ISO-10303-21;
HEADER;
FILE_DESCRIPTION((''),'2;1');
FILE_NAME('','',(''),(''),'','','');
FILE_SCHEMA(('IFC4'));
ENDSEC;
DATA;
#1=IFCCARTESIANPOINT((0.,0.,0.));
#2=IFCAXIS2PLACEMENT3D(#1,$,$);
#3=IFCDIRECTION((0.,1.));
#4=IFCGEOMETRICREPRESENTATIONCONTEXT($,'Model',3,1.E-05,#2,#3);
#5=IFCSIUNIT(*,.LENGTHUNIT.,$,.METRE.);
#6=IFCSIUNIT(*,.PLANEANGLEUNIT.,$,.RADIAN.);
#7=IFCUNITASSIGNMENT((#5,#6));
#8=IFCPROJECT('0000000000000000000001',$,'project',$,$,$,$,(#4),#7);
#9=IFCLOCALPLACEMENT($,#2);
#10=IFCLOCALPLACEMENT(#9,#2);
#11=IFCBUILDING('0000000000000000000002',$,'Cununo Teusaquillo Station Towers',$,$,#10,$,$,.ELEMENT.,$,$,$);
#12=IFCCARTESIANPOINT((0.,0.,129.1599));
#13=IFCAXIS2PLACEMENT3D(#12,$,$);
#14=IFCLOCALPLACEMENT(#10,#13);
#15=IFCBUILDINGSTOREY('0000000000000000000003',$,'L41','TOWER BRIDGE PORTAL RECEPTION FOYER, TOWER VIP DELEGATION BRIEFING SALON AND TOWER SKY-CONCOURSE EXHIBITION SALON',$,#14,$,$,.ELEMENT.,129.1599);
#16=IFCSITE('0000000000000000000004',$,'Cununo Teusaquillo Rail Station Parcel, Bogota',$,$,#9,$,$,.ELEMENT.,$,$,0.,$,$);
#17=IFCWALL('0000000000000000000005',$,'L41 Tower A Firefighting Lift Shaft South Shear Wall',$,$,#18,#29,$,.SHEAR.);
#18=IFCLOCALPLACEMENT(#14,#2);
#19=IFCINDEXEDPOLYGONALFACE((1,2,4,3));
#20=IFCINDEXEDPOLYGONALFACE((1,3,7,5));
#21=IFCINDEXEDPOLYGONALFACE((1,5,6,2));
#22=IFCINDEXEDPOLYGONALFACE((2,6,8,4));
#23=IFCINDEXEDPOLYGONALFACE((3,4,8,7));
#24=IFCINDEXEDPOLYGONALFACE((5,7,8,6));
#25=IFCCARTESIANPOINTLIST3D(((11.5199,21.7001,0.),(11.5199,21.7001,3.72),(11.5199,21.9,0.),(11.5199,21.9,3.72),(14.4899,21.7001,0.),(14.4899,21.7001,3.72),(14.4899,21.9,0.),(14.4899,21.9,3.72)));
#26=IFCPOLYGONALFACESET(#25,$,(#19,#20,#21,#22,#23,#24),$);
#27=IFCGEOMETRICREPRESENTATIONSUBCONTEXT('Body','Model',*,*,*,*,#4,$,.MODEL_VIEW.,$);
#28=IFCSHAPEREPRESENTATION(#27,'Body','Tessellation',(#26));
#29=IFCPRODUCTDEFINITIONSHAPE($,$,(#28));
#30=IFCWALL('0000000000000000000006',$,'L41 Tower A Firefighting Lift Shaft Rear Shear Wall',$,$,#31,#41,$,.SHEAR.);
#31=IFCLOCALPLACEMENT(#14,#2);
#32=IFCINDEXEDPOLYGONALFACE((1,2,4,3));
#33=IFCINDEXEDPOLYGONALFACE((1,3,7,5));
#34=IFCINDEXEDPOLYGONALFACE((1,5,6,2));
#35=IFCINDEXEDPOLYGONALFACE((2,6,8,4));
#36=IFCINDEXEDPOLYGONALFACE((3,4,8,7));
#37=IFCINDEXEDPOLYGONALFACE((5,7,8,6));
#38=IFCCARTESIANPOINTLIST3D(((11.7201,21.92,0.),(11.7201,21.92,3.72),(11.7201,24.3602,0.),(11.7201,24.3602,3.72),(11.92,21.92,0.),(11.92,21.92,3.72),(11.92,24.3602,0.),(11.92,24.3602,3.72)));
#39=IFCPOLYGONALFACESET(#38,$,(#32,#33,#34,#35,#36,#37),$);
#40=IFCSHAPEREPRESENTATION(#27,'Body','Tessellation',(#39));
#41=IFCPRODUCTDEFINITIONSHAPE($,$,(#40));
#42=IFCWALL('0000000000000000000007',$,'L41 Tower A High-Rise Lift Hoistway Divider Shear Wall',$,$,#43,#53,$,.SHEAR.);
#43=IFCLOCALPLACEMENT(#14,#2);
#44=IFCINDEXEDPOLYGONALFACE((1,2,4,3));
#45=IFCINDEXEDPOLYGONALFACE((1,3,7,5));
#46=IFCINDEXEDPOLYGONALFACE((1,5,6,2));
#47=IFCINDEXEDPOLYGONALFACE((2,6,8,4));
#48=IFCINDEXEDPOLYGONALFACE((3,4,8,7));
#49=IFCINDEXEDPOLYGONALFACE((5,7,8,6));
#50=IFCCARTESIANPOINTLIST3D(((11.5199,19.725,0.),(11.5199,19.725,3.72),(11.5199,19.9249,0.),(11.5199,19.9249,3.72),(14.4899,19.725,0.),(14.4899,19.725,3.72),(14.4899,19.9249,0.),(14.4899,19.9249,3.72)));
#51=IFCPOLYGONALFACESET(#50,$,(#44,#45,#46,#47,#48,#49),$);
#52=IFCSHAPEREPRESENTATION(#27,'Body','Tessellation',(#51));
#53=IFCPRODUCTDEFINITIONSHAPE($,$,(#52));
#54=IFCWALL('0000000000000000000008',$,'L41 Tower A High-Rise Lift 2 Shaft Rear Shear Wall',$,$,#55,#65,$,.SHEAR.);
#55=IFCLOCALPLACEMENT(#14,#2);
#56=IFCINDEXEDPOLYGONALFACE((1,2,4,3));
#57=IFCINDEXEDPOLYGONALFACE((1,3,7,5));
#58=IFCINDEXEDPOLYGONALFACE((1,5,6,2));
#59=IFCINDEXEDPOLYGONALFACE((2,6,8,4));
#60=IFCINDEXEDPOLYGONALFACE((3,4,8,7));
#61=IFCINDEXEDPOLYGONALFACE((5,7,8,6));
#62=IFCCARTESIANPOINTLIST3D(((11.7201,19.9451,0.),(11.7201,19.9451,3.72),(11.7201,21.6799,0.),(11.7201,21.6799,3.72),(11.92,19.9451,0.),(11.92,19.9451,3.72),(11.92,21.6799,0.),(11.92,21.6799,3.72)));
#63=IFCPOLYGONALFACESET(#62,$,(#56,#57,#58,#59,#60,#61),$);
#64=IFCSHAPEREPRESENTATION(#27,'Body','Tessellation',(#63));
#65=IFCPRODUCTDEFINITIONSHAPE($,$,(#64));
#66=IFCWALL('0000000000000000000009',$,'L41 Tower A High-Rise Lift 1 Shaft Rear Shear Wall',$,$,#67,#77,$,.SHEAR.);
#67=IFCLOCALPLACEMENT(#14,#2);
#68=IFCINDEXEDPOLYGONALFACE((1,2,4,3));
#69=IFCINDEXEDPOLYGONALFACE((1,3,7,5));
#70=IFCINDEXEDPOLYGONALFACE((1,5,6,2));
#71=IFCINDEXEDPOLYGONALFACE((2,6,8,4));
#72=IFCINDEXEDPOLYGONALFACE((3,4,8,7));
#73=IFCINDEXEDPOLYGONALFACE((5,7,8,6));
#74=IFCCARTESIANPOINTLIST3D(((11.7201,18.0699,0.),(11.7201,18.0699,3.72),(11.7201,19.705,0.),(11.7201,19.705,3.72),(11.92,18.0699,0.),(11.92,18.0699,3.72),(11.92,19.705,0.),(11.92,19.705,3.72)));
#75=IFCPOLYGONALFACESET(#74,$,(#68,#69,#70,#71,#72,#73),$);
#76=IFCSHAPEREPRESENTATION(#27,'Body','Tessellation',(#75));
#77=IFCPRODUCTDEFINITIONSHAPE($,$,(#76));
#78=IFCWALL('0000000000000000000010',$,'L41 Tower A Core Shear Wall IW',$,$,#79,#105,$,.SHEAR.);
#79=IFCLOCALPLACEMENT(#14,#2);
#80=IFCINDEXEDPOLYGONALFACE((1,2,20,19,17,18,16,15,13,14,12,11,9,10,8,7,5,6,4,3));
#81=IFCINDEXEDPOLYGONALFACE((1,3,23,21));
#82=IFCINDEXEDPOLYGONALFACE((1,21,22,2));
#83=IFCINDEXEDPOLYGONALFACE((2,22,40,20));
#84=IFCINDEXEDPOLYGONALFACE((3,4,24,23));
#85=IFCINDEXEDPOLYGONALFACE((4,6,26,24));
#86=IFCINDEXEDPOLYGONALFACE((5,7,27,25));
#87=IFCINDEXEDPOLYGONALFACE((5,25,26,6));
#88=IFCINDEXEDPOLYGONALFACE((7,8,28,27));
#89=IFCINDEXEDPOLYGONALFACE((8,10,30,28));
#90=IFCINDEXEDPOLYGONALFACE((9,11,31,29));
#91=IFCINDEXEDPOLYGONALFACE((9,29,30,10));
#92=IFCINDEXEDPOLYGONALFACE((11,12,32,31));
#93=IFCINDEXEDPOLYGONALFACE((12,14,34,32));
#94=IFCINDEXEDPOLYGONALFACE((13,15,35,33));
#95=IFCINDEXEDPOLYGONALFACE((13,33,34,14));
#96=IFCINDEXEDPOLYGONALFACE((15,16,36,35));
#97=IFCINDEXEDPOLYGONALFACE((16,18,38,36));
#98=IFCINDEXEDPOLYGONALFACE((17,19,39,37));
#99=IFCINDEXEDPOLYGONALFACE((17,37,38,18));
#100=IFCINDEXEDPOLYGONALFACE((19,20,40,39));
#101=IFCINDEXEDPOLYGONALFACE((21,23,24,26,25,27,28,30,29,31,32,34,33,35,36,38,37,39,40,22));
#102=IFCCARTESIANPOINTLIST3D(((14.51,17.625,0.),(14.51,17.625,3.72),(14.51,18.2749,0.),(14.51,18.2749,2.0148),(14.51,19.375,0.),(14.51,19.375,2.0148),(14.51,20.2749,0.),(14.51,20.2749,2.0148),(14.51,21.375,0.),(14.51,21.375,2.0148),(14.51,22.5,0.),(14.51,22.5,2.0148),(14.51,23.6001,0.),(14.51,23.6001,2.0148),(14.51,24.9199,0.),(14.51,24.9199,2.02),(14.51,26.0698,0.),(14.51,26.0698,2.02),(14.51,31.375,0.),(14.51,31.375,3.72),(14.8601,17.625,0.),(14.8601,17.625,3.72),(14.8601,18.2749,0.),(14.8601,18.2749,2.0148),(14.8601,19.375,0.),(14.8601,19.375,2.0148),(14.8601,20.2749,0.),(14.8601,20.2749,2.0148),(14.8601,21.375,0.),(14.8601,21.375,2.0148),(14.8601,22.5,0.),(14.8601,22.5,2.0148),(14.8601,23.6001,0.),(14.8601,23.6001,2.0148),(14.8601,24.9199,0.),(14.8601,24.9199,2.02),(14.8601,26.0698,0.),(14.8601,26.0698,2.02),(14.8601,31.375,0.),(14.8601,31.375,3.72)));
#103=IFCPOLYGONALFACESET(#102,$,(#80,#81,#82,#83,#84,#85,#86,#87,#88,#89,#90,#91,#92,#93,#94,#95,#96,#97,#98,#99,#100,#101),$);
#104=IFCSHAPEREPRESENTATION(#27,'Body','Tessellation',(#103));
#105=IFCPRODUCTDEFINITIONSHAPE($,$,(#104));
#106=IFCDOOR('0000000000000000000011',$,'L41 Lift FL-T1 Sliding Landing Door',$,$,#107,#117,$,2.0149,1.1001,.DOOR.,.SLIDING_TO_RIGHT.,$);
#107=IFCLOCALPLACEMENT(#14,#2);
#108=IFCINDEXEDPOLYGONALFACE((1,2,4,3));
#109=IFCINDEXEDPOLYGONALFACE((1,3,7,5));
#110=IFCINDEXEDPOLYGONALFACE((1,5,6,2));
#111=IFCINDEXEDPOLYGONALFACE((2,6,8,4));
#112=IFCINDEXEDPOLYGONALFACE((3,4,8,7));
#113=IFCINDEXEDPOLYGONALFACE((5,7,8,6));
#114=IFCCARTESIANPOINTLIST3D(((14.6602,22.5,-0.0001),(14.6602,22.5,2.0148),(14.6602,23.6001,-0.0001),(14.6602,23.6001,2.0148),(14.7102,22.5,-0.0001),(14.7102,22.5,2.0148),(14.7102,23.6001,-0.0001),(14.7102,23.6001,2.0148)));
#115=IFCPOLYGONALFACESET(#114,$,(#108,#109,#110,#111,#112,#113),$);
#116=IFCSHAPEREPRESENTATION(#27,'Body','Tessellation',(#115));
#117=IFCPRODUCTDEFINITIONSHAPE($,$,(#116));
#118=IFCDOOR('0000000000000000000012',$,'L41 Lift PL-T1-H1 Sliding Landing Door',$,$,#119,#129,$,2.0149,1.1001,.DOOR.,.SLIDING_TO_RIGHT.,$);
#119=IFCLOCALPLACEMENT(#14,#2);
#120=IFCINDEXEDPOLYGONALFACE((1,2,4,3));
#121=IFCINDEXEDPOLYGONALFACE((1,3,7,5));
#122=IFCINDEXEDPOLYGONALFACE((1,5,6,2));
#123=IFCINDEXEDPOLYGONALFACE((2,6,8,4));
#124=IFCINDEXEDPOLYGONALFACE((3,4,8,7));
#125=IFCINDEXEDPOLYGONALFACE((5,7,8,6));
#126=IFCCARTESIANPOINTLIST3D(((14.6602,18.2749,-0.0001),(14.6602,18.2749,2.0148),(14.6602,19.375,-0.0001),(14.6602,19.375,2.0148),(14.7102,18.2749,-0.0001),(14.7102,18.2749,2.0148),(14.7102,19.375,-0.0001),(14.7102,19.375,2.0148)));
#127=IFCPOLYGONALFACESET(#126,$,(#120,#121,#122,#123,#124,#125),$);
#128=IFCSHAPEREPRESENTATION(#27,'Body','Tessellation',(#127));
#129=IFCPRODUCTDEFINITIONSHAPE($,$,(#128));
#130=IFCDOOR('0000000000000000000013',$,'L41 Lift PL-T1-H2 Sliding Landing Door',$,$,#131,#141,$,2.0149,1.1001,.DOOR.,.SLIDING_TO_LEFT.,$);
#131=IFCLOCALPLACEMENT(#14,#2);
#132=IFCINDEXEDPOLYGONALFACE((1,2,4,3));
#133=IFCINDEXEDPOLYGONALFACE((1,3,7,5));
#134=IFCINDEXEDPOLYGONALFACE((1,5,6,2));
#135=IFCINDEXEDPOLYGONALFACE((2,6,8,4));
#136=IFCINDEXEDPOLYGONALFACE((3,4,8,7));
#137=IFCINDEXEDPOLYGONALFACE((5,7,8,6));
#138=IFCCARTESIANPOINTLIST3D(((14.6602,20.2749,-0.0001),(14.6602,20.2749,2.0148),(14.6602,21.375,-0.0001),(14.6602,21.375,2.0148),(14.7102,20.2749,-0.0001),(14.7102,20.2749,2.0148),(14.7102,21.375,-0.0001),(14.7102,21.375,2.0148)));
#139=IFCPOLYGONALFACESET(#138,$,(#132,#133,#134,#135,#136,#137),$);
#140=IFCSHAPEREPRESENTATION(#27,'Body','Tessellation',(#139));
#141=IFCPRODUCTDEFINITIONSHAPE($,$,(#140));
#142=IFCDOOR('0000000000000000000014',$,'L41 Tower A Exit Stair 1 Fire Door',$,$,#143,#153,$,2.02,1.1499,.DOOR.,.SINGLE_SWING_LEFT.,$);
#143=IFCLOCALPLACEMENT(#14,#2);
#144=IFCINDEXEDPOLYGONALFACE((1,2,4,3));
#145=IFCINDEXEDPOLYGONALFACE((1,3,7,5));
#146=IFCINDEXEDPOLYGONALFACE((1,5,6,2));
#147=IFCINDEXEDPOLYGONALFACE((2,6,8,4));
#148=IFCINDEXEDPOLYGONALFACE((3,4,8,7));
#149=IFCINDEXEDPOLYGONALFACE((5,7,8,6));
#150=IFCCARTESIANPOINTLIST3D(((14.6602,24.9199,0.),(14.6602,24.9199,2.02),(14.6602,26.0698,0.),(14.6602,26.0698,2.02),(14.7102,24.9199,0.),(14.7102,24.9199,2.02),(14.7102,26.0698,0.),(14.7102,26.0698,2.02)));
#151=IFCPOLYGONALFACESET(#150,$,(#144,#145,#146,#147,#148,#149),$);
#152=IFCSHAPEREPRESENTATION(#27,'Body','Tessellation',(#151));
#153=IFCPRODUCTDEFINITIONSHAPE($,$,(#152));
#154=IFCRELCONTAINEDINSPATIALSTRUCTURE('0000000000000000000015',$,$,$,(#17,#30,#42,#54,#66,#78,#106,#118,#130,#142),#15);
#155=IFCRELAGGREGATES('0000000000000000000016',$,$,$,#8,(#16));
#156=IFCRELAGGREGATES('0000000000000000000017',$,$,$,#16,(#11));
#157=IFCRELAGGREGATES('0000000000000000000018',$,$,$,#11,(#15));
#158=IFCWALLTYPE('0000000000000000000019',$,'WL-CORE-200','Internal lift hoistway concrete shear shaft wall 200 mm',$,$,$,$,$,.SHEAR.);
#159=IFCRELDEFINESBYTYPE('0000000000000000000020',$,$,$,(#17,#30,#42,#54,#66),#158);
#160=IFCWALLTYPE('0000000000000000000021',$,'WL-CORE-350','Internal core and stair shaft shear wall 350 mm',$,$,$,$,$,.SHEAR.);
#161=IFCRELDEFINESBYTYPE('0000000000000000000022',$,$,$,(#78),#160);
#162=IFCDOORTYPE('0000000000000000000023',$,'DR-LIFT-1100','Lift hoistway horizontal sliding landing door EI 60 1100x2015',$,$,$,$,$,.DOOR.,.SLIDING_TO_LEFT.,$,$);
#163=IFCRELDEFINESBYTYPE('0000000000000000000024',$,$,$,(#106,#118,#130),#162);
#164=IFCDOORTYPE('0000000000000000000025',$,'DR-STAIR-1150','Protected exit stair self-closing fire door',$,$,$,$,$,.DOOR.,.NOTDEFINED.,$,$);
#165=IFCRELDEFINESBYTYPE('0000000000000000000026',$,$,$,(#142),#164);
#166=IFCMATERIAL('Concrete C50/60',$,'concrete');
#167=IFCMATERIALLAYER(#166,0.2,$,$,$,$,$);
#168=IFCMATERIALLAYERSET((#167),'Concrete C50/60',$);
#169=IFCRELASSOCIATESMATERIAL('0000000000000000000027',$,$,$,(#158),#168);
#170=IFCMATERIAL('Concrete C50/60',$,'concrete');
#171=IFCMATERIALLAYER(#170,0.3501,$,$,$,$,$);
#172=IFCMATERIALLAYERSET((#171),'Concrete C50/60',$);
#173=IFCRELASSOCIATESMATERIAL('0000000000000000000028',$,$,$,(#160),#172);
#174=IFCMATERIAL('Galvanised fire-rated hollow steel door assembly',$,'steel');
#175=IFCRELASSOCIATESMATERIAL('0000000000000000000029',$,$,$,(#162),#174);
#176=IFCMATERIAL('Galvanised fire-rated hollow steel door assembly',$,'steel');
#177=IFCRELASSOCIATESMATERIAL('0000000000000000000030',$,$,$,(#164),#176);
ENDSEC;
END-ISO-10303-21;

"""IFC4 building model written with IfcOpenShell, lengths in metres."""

from ifc_helpers import new_model, si_unit, direction, frame, frame_2d, origin, place, context, subcontext, project, spatial, rectangle, extrude, source, transform, mapped, material, layer, layer_set, type_object, element, fill, save


model = new_model("IFC4")

# Units and contexts
model_context = context("Model", 3, precision=1e-05, world=origin(), true_north=direction((0.0, 1.0)))
body_context = subcontext(model_context, "Body", "Model", "MODEL_VIEW")
ifc_project = project(units=[si_unit("LENGTHUNIT", "METRE"), si_unit("PLANEANGLEUNIT", "RADIAN")], contexts=[model_context])

# Site, building, storey
site_placement = place(None, origin())
site = spatial("IfcSite", under=ifc_project, at=site_placement, Name="Cununo Teusaquillo Rail Station Parcel, Bogota", CompositionType="ELEMENT", RefElevation=0.0)
building_placement = place(site_placement, origin())
building = spatial("IfcBuilding", under=site, at=building_placement, Name="Cununo Teusaquillo Station Towers", CompositionType="ELEMENT")
storey_placement = place(building_placement, frame((0.0, 0.0, 129.1599)))
storey = spatial("IfcBuildingStorey", under=building, at=storey_placement, Name="L41", Description="TOWER BRIDGE PORTAL RECEPTION FOYER, TOWER VIP DELEGATION BRIEFING SALON AND TOWER SKY-CONCOURSE EXHIBITION SALON", CompositionType="ELEMENT", Elevation=129.1599)

# Walls
ifc_material_1 = material(Name="Concrete C50/60", Category="concrete")
ifc_layer_1 = layer(ifc_material_1, 0.2)
ifc_layer_set_1 = layer_set([ifc_layer_1], Name="Concrete C50/60")
wall_type_1 = type_object("IfcWallType", Name="WL-CORE-200", Description="Internal lift hoistway concrete shear shaft wall 200 mm", PredefinedType="SHEAR", material=ifc_layer_set_1)
wall_1_placement = place(storey_placement, frame((11.52, 21.8, 0.0), z_axis=(0.0, 0.0, 1.0), x_axis=(1.0, 0.0, 0.0)))
element("IfcWall", 1, at=wall_1_placement, inside=storey, type_object=wall_type_1, Name="L41 Tower A Firefighting Lift Shaft South Shear Wall", PredefinedType="SHEAR", context=body_context, shape_type="SweptSolid", body=[
    extrude(rectangle(XDim=2.97, YDim=0.2, at=frame_2d((1.4849, 0.0))), origin(), (0.0, 0.0, 1.0), 3.72),
])
wall_2_placement = place(storey_placement, frame((11.8201, 21.9199, 0.0), z_axis=(0.0, 0.0, 1.0), x_axis=(0.0, 1.0, 0.0)))
element("IfcWall", 2, at=wall_2_placement, inside=storey, type_object=wall_type_1, Name="L41 Tower A Firefighting Lift Shaft Rear Shear Wall", PredefinedType="SHEAR", context=body_context, shape_type="SweptSolid", body=[
    extrude(rectangle(XDim=2.4402, YDim=0.2, at=frame_2d((1.2202, 0.0))), origin(), (0.0, 0.0, 1.0), 3.72),
])
wall_3_placement = place(storey_placement, frame((11.52, 19.825, 0.0), z_axis=(0.0, 0.0, 1.0), x_axis=(1.0, 0.0, 0.0)))
element("IfcWall", 3, at=wall_3_placement, inside=storey, type_object=wall_type_1, Name="L41 Tower A High-Rise Lift Hoistway Divider Shear Wall", PredefinedType="SHEAR", context=body_context, shape_type="SweptSolid", body=[
    extrude(rectangle(XDim=2.97, YDim=0.2, at=frame_2d((1.4849, 0.0))), origin(), (0.0, 0.0, 1.0), 3.72),
])
wall_4_placement = place(storey_placement, frame((11.8201, 19.9451, 0.0), z_axis=(0.0, 0.0, 1.0), x_axis=(0.0, 1.0, 0.0)))
element("IfcWall", 4, at=wall_4_placement, inside=storey, type_object=wall_type_1, Name="L41 Tower A High-Rise Lift 2 Shaft Rear Shear Wall", PredefinedType="SHEAR", context=body_context, shape_type="SweptSolid", body=[
    extrude(rectangle(XDim=1.7349, YDim=0.2, at=frame_2d((0.8674, 0.0))), origin(), (0.0, 0.0, 1.0), 3.72),
])
wall_5_placement = place(storey_placement, frame((11.8201, 18.0701, 0.0), z_axis=(0.0, 0.0, 1.0), x_axis=(0.0, 1.0, 0.0)))
element("IfcWall", 5, at=wall_5_placement, inside=storey, type_object=wall_type_1, Name="L41 Tower A High-Rise Lift 1 Shaft Rear Shear Wall", PredefinedType="SHEAR", context=body_context, shape_type="SweptSolid", body=[
    extrude(rectangle(XDim=1.635, YDim=0.2, at=frame_2d((0.8174, 0.0))), origin(), (0.0, 0.0, 1.0), 3.72),
])

# Wall, openings, doors
ifc_material_2 = material(Name="Concrete C50/60", Category="concrete")
ifc_layer_2 = layer(ifc_material_2, 0.3501)
ifc_layer_set_2 = layer_set([ifc_layer_2], Name="Concrete C50/60")
wall_type_2 = type_object("IfcWallType", Name="WL-CORE-350", Description="Internal core and stair shaft shear wall 350 mm", PredefinedType="SHEAR", material=ifc_layer_set_2)
wall_6_placement = place(storey_placement, frame((14.6851, 17.625, 0.0), z_axis=(0.0, 0.0, 1.0), x_axis=(0.0, 1.0, 0.0)))
wall_6 = element("IfcWall", 6, at=wall_6_placement, inside=storey, type_object=wall_type_2, Name="L41 Tower A Core Shear Wall IW", PredefinedType="SHEAR", context=body_context, shape_type="SweptSolid", body=[
    extrude(rectangle(XDim=13.75, YDim=0.3501, at=frame_2d((6.875, 0.0))), origin(), (0.0, 0.0, 1.0), 3.72),
])
shared_shape_1 = source(origin(), body_context, "Body", "SweptSolid", [
    extrude(rectangle(XDim=1.1001, YDim=2.0149, at=frame_2d((0.55, 1.0073))), frame((0.0, 0.1851, 0.0), z_axis=(0.0, -1.0, 0.0), x_axis=(1.0, 0.0, 0.0)), (0.0, 0.0, 1.0), 0.3701),
])
opening_1_placement = place(wall_6_placement, frame((4.875, 0.0, 0.0)))
opening_1 = element("IfcOpeningElement", 7, at=opening_1_placement, cuts=wall_6, PredefinedType="OPENING", context=body_context, shape_type="MappedRepresentation", body=[
    mapped(shared_shape_1, transform((0.0, 0.0, 0.0), x_axis=(1.0, 0.0, 0.0), y_axis=(0.0, 1.0, 0.0), z_axis=(0.0, 0.0, 1.0), scale=1.0)),
])
opening_2_placement = place(wall_6_placement, frame((0.6499, 0.0, 0.0)))
opening_2 = element("IfcOpeningElement", 8, at=opening_2_placement, cuts=wall_6, PredefinedType="OPENING", context=body_context, shape_type="MappedRepresentation", body=[
    mapped(shared_shape_1, transform((0.0, 0.0, 0.0), x_axis=(1.0, 0.0, 0.0), y_axis=(0.0, 1.0, 0.0), z_axis=(0.0, 0.0, 1.0), scale=1.0)),
])
opening_3_placement = place(wall_6_placement, frame((2.6499, 0.0, 0.0)))
opening_3 = element("IfcOpeningElement", 9, at=opening_3_placement, cuts=wall_6, PredefinedType="OPENING", context=body_context, shape_type="MappedRepresentation", body=[
    mapped(shared_shape_1, transform((0.0, 0.0, 0.0), x_axis=(1.0, 0.0, 0.0), y_axis=(0.0, 1.0, 0.0), z_axis=(0.0, 0.0, 1.0), scale=1.0)),
])
shared_shape_2 = source(origin(), body_context, "Body", "SweptSolid", [
    extrude(rectangle(XDim=1.1499, YDim=2.02, at=frame_2d((0.575, 1.01))), frame((0.0, 0.1851, 0.0), z_axis=(0.0, -1.0, 0.0), x_axis=(1.0, 0.0, 0.0)), (0.0, 0.0, 1.0), 0.3701),
])
opening_4_placement = place(wall_6_placement, frame((7.2949, 0.0, 0.0)))
opening_4 = element("IfcOpeningElement", 10, at=opening_4_placement, cuts=wall_6, PredefinedType="OPENING", context=body_context, shape_type="MappedRepresentation", body=[
    mapped(shared_shape_2, transform((0.0, 0.0, 0.0), x_axis=(1.0, 0.0, 0.0), y_axis=(0.0, 1.0, 0.0), z_axis=(0.0, 0.0, 1.0), scale=1.0)),
])
ifc_material_3 = material(Name="Galvanised fire-rated hollow steel door assembly", Category="steel")
door_type_1 = type_object("IfcDoorType", Name="DR-LIFT-1100", Description="Lift hoistway horizontal sliding landing door EI 60 1100x2015", OperationType="SLIDING_TO_LEFT", PredefinedType="DOOR", material=ifc_material_3)
shared_shape_3 = source(origin(), body_context, "Body", "SweptSolid", [
    extrude(rectangle(XDim=1.1001, YDim=2.0149, at=frame_2d((0.55, 1.0073))), frame((0.0, 0.0249, 0.0), z_axis=(0.0, -1.0, 0.0), x_axis=(1.0, 0.0, 0.0)), (0.0, 0.0, 1.0), 0.05),
])
door_1_placement = place(opening_1_placement, origin())
door_1 = element("IfcDoor", 11, at=door_1_placement, inside=storey, type_object=door_type_1, Name="L41 Lift FL-T1 Sliding Landing Door", OperationType="SLIDING_TO_RIGHT", OverallHeight=2.0149, OverallWidth=1.1001, PredefinedType="DOOR", context=body_context, shape_type="MappedRepresentation", body=[
    mapped(shared_shape_3, transform((0.0, 0.0, 0.0), x_axis=(1.0, 0.0, 0.0), y_axis=(0.0, 1.0, 0.0), z_axis=(0.0, 0.0, 1.0), scale=1.0)),
])
fill(opening_1, door_1)
door_2_placement = place(opening_2_placement, origin())
door_2 = element("IfcDoor", 12, at=door_2_placement, inside=storey, type_object=door_type_1, Name="L41 Lift PL-T1-H1 Sliding Landing Door", OperationType="SLIDING_TO_RIGHT", OverallHeight=2.0149, OverallWidth=1.1001, PredefinedType="DOOR", context=body_context, shape_type="MappedRepresentation", body=[
    mapped(shared_shape_3, transform((0.0, 0.0, 0.0), x_axis=(1.0, 0.0, 0.0), y_axis=(0.0, 1.0, 0.0), z_axis=(0.0, 0.0, 1.0), scale=1.0)),
])
fill(opening_2, door_2)
door_3_placement = place(opening_3_placement, origin())
door_3 = element("IfcDoor", 13, at=door_3_placement, inside=storey, type_object=door_type_1, Name="L41 Lift PL-T1-H2 Sliding Landing Door", OperationType="SLIDING_TO_LEFT", OverallHeight=2.0149, OverallWidth=1.1001, PredefinedType="DOOR", context=body_context, shape_type="MappedRepresentation", body=[
    mapped(shared_shape_3, transform((0.0, 0.0, 0.0), x_axis=(1.0, 0.0, 0.0), y_axis=(0.0, 1.0, 0.0), z_axis=(0.0, 0.0, 1.0), scale=1.0)),
])
fill(opening_3, door_3)
ifc_material_4 = material(Name="Galvanised fire-rated hollow steel door assembly", Category="steel")
door_type_2 = type_object("IfcDoorType", Name="DR-STAIR-1150", Description="Protected exit stair self-closing fire door", OperationType="NOTDEFINED", PredefinedType="DOOR", material=ifc_material_4)
shared_shape_4 = source(origin(), body_context, "Body", "SweptSolid", [
    extrude(rectangle(XDim=1.1499, YDim=2.02, at=frame_2d((0.575, 1.01))), frame((0.0, 0.0249, 0.0), z_axis=(0.0, -1.0, 0.0), x_axis=(1.0, 0.0, 0.0)), (0.0, 0.0, 1.0), 0.05),
])
door_4_placement = place(opening_4_placement, origin())
door_4 = element("IfcDoor", 14, at=door_4_placement, inside=storey, type_object=door_type_2, Name="L41 Tower A Exit Stair 1 Fire Door", OperationType="SINGLE_SWING_LEFT", OverallHeight=2.02, OverallWidth=1.1499, PredefinedType="DOOR", context=body_context, shape_type="MappedRepresentation", body=[
    mapped(shared_shape_4, transform((0.0, 0.0, 0.0), x_axis=(1.0, 0.0, 0.0), y_axis=(0.0, 1.0, 0.0), z_axis=(0.0, 0.0, 1.0), scale=1.0)),
])
fill(opening_4, door_4)

save(model, "model.ifc")
